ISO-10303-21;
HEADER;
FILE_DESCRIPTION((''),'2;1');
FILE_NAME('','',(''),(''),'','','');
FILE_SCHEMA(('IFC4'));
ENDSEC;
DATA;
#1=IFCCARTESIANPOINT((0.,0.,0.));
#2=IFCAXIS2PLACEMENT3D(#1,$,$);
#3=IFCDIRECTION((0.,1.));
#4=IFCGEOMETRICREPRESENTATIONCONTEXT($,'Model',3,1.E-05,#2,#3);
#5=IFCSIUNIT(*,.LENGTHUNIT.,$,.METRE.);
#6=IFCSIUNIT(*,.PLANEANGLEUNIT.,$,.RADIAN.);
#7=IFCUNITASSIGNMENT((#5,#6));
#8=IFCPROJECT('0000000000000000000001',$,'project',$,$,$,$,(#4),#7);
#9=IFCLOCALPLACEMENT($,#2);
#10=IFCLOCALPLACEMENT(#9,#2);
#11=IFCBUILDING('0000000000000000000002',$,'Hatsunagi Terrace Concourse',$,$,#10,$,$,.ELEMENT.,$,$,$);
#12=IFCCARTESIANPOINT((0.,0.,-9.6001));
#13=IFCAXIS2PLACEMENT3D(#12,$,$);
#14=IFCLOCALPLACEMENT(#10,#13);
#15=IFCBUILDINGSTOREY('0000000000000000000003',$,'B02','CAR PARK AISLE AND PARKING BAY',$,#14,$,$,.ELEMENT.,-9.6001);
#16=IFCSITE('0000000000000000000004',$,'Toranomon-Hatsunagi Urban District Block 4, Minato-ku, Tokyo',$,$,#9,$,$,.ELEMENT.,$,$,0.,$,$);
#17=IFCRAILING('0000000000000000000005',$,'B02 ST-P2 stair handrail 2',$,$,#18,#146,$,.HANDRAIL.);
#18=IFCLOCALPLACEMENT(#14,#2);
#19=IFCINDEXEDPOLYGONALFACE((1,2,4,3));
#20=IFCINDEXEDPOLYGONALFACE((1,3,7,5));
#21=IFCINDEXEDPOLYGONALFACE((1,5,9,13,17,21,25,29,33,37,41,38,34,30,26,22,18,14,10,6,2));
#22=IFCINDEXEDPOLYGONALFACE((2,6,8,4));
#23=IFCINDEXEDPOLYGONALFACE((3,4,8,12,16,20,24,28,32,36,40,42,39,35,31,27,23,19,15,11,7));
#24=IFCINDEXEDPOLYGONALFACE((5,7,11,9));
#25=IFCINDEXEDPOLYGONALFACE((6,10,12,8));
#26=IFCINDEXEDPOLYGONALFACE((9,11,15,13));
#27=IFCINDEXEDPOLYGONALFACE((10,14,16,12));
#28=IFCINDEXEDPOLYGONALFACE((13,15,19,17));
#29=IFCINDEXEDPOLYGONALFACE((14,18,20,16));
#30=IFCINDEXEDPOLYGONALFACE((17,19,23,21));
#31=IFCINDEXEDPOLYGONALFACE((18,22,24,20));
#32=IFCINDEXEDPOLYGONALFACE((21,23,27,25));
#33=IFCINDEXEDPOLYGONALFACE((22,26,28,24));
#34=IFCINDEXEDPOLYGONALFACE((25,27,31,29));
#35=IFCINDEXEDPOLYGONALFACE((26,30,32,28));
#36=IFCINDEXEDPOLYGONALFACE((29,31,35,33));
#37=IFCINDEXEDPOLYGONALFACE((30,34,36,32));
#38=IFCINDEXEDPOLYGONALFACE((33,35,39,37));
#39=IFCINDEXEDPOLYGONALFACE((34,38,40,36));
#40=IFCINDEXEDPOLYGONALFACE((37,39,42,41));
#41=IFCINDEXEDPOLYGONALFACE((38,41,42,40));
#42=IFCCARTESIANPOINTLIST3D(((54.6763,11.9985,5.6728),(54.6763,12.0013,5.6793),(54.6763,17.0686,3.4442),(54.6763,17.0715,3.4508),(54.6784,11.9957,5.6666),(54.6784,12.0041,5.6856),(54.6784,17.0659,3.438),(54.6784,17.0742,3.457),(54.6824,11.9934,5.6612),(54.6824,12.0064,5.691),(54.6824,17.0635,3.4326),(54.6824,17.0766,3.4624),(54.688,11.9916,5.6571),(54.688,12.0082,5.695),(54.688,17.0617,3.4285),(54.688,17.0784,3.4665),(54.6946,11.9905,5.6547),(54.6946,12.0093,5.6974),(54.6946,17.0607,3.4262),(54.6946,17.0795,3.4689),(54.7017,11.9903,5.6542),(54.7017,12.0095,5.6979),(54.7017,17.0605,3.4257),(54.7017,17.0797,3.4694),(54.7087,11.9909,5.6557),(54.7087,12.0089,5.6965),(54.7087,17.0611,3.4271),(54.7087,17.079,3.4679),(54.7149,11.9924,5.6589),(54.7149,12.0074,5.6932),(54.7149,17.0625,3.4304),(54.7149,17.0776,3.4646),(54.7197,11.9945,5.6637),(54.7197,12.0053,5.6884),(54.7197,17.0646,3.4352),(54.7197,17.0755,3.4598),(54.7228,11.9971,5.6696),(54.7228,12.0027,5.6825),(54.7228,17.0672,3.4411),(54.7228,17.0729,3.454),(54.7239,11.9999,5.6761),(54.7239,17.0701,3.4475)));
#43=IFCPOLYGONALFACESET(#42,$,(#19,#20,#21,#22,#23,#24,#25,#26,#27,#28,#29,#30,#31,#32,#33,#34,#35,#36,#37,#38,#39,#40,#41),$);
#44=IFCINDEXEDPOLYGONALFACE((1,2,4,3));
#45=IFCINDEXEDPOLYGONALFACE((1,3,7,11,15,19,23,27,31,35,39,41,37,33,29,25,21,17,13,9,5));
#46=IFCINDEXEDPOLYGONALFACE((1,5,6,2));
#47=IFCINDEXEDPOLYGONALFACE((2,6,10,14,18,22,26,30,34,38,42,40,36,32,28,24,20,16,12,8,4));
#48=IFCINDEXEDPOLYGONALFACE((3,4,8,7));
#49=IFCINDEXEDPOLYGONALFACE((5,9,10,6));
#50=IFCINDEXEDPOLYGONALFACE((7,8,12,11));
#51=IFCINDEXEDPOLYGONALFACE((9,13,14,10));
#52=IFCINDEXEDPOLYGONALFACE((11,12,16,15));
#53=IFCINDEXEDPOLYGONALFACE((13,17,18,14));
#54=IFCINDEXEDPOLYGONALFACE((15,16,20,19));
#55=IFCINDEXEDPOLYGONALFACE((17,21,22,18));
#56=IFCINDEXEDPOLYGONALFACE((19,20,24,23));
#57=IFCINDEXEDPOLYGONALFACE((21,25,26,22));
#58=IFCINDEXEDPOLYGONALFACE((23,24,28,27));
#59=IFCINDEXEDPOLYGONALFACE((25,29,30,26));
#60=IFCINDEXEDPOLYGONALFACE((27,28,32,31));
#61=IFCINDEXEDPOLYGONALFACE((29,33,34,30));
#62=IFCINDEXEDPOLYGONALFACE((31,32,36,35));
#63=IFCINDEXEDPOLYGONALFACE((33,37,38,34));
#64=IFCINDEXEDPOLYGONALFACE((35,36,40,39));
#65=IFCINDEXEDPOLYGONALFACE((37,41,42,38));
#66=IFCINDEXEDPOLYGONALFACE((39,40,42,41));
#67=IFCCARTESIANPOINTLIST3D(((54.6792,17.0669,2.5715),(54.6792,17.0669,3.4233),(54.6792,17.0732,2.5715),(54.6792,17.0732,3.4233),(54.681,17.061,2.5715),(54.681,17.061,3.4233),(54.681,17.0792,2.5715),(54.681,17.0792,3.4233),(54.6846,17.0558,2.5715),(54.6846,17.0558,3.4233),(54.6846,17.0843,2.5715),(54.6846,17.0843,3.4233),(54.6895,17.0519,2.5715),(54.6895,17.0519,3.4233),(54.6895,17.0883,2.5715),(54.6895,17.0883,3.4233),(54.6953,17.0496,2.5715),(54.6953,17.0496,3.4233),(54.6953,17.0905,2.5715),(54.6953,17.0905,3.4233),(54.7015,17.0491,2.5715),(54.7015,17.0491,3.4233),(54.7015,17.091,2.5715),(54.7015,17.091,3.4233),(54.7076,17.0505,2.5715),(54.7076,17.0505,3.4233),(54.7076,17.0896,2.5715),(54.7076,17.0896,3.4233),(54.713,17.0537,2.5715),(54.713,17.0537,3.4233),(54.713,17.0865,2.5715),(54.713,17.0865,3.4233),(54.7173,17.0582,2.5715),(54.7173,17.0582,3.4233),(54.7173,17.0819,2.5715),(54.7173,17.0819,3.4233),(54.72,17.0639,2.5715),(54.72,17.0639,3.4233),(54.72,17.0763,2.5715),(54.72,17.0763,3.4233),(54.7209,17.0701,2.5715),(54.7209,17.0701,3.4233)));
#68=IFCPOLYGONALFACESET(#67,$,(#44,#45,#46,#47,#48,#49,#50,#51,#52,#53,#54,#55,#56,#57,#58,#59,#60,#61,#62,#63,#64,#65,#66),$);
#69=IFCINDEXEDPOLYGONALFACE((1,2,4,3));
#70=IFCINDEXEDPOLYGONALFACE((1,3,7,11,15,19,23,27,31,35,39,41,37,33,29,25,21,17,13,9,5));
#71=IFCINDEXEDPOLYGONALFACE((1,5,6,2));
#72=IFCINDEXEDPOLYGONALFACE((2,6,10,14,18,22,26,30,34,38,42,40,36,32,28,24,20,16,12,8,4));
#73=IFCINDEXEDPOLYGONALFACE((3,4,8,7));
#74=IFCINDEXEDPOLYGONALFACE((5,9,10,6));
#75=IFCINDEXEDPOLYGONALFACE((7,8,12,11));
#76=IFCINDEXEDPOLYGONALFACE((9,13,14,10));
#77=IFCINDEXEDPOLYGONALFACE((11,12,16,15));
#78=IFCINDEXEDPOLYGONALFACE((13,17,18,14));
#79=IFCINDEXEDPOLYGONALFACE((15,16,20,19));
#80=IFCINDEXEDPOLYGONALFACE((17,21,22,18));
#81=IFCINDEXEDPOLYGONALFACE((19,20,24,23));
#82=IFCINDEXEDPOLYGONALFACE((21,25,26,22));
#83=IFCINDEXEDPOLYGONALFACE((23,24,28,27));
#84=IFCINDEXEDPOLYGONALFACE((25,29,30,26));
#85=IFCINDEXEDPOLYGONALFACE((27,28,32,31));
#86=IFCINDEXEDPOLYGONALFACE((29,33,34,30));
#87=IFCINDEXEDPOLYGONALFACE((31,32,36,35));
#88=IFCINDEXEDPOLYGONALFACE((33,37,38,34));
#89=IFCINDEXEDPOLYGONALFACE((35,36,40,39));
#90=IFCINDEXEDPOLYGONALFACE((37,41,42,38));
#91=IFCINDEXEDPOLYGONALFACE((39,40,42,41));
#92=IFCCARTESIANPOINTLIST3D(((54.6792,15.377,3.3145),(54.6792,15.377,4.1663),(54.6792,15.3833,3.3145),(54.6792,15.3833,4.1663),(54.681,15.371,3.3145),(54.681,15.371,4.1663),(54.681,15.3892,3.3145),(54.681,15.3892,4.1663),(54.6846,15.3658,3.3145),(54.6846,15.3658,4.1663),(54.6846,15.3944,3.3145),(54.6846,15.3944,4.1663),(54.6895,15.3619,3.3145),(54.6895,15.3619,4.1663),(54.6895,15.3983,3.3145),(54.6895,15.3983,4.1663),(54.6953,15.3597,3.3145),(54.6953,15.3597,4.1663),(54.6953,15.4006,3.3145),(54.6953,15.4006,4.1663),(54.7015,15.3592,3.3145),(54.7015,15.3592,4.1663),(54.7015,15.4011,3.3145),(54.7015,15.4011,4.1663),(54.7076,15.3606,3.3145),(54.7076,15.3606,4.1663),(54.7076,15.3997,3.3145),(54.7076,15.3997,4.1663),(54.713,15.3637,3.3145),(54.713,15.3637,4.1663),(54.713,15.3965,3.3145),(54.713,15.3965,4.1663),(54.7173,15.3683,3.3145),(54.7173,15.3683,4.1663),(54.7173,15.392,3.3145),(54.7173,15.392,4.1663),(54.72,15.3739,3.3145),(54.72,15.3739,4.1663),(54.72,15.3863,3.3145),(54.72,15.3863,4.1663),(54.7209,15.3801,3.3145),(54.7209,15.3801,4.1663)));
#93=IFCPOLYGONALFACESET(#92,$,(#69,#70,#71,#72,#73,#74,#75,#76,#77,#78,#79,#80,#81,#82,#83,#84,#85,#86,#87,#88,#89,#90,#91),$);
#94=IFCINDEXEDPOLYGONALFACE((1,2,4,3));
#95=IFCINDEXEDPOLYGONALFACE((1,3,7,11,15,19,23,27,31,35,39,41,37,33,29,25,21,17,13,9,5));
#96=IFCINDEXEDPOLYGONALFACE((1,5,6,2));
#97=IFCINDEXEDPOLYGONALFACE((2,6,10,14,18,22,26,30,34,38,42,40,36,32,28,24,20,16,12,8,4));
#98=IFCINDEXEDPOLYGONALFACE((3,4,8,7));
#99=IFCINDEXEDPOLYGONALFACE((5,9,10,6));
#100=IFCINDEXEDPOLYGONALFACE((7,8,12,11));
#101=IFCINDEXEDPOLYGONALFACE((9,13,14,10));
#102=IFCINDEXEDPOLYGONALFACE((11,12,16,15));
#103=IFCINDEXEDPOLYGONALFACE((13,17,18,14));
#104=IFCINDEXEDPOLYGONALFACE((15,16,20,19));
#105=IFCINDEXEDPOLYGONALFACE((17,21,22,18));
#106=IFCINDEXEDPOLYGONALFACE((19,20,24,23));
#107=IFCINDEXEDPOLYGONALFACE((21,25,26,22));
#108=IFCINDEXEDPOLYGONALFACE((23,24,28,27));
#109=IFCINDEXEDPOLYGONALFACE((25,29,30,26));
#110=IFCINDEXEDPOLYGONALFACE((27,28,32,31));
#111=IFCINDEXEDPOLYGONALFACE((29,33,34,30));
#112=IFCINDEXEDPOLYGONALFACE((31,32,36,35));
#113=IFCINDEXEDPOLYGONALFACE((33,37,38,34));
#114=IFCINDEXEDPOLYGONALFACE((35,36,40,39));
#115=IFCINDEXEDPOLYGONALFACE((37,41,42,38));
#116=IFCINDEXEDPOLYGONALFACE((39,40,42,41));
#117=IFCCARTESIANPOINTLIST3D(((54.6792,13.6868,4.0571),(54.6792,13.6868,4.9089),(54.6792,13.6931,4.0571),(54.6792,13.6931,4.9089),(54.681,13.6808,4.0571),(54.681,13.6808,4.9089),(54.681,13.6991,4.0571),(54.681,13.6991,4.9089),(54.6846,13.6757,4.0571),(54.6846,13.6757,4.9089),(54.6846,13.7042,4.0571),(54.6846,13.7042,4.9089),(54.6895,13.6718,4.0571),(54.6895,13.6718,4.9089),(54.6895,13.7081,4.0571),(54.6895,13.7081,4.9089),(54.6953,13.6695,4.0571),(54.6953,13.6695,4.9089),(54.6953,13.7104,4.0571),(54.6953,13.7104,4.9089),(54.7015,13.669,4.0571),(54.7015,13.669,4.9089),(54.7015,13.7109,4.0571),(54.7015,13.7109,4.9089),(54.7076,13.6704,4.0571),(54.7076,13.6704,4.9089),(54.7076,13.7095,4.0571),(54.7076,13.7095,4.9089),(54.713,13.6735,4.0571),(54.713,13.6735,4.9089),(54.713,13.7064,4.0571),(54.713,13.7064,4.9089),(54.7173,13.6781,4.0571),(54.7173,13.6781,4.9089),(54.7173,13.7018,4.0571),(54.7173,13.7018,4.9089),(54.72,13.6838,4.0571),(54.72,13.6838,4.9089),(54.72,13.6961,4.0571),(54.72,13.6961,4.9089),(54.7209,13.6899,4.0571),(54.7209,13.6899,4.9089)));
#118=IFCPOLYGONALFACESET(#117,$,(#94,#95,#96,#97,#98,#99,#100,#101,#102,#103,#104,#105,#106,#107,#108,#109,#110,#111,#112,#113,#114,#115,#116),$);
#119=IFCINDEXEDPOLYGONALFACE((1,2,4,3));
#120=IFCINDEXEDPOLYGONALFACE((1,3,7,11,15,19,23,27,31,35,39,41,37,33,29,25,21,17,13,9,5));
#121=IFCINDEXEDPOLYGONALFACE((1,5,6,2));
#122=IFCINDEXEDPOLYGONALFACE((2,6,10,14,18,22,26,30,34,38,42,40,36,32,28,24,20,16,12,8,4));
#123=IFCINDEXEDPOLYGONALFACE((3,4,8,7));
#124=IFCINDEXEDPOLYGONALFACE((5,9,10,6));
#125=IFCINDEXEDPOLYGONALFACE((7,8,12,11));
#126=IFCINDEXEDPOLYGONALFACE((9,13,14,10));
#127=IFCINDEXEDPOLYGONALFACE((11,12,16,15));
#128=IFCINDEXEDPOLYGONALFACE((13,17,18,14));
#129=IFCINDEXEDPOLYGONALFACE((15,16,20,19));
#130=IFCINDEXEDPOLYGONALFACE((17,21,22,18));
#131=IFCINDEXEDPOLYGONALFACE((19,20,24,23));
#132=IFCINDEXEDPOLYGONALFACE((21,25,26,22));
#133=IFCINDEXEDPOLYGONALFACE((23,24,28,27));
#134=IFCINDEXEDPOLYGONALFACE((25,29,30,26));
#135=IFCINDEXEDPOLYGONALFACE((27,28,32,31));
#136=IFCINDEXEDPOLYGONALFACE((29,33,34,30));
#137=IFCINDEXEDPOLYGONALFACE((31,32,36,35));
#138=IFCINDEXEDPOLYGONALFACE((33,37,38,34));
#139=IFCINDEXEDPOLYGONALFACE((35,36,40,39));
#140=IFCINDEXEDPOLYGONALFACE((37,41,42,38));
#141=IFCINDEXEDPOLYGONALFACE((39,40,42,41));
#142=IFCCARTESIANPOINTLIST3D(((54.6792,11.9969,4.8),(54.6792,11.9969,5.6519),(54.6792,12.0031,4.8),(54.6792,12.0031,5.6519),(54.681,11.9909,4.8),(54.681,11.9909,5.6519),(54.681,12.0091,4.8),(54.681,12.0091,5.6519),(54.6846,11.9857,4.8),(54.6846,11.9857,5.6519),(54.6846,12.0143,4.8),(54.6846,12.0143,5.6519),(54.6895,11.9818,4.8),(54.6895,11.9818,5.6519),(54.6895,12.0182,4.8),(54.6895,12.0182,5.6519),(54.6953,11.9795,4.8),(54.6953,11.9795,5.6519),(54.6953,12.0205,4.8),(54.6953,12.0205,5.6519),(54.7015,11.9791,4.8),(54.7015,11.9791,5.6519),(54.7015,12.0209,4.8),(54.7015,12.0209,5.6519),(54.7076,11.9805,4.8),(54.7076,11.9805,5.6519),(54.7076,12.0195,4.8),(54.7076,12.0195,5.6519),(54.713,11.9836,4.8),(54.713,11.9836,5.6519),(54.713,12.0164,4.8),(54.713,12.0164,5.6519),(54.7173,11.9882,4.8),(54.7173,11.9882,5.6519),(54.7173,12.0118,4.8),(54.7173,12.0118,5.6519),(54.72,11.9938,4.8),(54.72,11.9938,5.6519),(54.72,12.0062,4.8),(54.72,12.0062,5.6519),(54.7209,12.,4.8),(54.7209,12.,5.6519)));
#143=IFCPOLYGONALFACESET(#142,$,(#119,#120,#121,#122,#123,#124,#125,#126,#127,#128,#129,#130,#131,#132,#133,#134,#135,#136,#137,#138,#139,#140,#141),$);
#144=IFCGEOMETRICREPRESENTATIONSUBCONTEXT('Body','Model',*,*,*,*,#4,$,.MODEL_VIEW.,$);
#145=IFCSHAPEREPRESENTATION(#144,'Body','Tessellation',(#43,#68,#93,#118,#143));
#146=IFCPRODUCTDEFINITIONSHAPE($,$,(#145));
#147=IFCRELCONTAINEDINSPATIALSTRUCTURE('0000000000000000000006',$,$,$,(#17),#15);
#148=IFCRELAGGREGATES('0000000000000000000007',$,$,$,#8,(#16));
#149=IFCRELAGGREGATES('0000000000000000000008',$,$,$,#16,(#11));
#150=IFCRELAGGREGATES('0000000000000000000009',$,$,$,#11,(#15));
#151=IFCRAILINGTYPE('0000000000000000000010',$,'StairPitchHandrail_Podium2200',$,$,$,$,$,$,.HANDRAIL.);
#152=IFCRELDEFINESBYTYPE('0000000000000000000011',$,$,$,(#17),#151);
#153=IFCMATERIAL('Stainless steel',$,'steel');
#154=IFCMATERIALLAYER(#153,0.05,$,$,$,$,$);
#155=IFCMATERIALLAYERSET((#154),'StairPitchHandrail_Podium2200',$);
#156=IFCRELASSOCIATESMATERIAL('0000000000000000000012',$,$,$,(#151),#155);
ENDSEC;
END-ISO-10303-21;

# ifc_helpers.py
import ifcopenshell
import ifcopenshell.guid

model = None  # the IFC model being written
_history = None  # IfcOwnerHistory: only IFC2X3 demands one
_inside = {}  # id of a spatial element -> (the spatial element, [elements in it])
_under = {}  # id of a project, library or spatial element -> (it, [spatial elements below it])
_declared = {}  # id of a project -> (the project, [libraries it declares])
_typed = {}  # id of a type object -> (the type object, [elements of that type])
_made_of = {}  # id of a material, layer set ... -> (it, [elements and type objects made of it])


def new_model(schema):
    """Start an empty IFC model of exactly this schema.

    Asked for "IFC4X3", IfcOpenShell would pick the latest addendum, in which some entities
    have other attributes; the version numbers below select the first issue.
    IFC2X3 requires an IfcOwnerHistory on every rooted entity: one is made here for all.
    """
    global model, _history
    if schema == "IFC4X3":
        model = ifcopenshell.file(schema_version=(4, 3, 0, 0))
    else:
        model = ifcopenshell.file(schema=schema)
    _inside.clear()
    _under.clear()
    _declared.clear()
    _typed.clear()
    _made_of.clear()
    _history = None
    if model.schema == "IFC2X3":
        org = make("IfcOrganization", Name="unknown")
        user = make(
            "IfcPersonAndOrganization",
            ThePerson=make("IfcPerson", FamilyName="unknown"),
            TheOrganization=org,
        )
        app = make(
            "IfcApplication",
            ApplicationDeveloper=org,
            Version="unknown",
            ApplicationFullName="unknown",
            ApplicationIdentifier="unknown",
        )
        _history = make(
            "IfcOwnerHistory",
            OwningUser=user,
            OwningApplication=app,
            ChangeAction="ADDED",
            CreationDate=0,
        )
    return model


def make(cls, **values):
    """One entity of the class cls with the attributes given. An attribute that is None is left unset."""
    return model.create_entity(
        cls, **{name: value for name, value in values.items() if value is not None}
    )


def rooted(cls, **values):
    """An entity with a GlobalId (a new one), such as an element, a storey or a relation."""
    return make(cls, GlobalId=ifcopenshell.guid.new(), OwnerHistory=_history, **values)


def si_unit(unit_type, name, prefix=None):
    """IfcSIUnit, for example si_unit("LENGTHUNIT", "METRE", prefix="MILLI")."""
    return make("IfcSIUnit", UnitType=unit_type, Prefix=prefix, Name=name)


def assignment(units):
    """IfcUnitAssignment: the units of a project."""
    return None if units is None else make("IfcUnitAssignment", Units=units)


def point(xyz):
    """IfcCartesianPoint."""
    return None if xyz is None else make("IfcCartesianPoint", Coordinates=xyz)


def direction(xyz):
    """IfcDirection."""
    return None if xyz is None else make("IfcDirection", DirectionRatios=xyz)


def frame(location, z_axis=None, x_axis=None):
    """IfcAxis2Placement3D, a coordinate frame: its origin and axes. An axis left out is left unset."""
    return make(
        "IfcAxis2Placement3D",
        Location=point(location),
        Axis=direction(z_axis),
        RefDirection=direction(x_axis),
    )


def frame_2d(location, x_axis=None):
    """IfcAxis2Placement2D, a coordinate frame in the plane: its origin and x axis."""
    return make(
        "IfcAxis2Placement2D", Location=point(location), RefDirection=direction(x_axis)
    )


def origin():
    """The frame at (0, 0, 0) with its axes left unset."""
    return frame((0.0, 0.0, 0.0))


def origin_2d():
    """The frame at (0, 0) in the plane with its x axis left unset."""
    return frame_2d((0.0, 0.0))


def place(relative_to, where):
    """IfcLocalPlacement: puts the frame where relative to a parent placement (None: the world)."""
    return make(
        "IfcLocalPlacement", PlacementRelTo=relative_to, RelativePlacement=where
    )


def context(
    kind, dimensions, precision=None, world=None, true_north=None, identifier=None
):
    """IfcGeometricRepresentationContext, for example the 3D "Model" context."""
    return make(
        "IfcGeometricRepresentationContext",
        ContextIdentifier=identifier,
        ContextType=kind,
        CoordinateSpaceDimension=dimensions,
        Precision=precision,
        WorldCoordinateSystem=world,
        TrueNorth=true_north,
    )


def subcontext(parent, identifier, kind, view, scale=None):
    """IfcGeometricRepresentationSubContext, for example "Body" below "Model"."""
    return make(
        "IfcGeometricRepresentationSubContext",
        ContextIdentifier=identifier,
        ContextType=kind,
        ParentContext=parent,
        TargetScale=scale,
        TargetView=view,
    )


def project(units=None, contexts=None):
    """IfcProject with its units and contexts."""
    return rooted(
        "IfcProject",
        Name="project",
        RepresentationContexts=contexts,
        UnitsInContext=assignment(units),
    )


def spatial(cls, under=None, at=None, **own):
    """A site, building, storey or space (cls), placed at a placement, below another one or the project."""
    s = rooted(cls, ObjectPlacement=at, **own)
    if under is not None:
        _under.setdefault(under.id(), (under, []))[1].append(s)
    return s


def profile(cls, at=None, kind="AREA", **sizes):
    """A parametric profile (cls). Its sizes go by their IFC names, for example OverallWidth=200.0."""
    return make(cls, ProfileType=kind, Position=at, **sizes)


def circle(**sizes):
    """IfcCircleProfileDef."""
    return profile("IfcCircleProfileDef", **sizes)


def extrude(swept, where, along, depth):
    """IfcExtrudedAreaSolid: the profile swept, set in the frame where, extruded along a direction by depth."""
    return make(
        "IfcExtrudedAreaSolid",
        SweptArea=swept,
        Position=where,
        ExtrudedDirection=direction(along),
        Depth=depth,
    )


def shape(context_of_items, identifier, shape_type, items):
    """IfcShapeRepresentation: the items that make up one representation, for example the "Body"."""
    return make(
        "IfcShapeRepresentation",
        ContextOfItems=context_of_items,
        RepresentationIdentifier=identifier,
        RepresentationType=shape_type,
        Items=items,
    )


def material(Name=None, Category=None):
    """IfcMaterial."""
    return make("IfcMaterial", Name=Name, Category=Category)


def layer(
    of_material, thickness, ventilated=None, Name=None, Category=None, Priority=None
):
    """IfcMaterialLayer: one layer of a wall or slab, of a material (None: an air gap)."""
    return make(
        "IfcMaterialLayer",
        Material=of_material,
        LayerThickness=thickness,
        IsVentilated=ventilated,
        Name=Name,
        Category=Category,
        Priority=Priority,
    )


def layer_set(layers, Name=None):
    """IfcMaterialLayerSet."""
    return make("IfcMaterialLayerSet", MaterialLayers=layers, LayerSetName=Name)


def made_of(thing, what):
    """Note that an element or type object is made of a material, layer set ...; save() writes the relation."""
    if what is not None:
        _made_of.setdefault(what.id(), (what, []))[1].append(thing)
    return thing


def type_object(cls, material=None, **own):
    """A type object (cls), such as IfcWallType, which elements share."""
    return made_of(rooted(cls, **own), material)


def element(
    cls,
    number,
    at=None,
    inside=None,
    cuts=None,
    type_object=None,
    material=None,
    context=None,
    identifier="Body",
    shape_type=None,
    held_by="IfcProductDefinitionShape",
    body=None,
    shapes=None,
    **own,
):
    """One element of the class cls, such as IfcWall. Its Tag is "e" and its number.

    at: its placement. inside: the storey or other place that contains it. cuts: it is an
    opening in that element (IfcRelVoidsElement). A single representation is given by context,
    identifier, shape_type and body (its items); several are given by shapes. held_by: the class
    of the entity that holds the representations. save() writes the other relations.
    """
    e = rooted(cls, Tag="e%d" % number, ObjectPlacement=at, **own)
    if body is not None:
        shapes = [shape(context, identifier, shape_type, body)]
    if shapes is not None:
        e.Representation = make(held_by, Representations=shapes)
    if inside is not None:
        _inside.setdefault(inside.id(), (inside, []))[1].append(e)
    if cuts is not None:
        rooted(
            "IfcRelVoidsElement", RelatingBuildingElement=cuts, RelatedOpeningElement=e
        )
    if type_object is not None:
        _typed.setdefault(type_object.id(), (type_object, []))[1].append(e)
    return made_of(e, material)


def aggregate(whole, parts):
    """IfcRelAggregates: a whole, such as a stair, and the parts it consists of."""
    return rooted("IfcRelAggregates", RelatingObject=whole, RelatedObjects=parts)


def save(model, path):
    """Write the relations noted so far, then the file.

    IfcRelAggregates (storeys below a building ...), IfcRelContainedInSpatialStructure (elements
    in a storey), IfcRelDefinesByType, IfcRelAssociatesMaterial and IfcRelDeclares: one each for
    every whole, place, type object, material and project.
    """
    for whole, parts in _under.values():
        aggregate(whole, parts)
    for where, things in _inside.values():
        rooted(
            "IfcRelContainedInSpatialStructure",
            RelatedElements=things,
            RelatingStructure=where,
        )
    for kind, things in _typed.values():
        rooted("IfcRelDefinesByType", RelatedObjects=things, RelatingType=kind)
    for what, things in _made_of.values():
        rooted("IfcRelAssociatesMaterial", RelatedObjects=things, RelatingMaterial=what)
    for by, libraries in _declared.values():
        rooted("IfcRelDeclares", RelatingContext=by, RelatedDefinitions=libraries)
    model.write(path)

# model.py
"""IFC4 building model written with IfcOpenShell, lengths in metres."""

from ifc_helpers import new_model, si_unit, direction, frame, origin, origin_2d, place, context, subcontext, project, spatial, circle, extrude, material, layer, layer_set, type_object, element, save


model = new_model("IFC4")

# Units and contexts
model_context = context("Model", 3, precision=1e-05, world=origin(), true_north=direction((0.0, 1.0)))
body_context = subcontext(model_context, "Body", "Model", "MODEL_VIEW")
ifc_project = project(units=[si_unit("LENGTHUNIT", "METRE"), si_unit("PLANEANGLEUNIT", "RADIAN")], contexts=[model_context])

# Site, building, storey
site_placement = place(None, origin())
site = spatial("IfcSite", under=ifc_project, at=site_placement, Name="Toranomon-Hatsunagi Urban District Block 4, Minato-ku, Tokyo", CompositionType="ELEMENT", RefElevation=0.0)
building_placement = place(site_placement, origin())
building = spatial("IfcBuilding", under=site, at=building_placement, Name="Hatsunagi Terrace Concourse", CompositionType="ELEMENT")
storey_placement = place(building_placement, frame((0.0, 0.0, -9.6001)))
storey = spatial("IfcBuildingStorey", under=building, at=storey_placement, Name="B02", Description="CAR PARK AISLE AND PARKING BAY", CompositionType="ELEMENT", Elevation=-9.6001)

# Railing
ifc_material_1 = material(Name="Stainless steel", Category="steel")
ifc_layer_1 = layer(ifc_material_1, 0.05)
ifc_layer_set_1 = layer_set([ifc_layer_1], Name="StairPitchHandrail_Podium2200")
railing_type_1 = type_object("IfcRailingType", Name="StairPitchHandrail_Podium2200", PredefinedType="HANDRAIL", material=ifc_layer_set_1)
railing_1_placement = place(storey_placement, frame((54.7, 17.0701, 2.5715)))
element("IfcRailing", 1, at=railing_1_placement, inside=storey, type_object=railing_type_1, Name="B02 ST-P2 stair handrail 2", PredefinedType="HANDRAIL", context=body_context, shape_type="SweptSolid", body=[
    extrude(circle(Radius=0.0239, at=origin_2d()), frame((0.0, 0.0, 0.876), z_axis=(0.0, -0.915469, 0.402388), x_axis=(1.0, 0.0, 0.0)), (0.0, 0.0, 1.0), 5.5383),
    extrude(circle(Radius=0.021, at=origin_2d()), origin(), (0.0, 0.0, 1.0), 0.8518),
    extrude(circle(Radius=0.021, at=origin_2d()), frame((0.0, -1.6899, 0.7429)), (0.0, 0.0, 1.0), 0.8518),
    extrude(circle(Radius=0.021, at=origin_2d()), frame((0.0, -3.3801, 1.4856)), (0.0, 0.0, 1.0), 0.8518),
    extrude(circle(Radius=0.021, at=origin_2d()), frame((0.0, -5.0701, 2.2285)), (0.0, 0.0, 1.0), 0.8518),
])

save(model, "model.ifc")
